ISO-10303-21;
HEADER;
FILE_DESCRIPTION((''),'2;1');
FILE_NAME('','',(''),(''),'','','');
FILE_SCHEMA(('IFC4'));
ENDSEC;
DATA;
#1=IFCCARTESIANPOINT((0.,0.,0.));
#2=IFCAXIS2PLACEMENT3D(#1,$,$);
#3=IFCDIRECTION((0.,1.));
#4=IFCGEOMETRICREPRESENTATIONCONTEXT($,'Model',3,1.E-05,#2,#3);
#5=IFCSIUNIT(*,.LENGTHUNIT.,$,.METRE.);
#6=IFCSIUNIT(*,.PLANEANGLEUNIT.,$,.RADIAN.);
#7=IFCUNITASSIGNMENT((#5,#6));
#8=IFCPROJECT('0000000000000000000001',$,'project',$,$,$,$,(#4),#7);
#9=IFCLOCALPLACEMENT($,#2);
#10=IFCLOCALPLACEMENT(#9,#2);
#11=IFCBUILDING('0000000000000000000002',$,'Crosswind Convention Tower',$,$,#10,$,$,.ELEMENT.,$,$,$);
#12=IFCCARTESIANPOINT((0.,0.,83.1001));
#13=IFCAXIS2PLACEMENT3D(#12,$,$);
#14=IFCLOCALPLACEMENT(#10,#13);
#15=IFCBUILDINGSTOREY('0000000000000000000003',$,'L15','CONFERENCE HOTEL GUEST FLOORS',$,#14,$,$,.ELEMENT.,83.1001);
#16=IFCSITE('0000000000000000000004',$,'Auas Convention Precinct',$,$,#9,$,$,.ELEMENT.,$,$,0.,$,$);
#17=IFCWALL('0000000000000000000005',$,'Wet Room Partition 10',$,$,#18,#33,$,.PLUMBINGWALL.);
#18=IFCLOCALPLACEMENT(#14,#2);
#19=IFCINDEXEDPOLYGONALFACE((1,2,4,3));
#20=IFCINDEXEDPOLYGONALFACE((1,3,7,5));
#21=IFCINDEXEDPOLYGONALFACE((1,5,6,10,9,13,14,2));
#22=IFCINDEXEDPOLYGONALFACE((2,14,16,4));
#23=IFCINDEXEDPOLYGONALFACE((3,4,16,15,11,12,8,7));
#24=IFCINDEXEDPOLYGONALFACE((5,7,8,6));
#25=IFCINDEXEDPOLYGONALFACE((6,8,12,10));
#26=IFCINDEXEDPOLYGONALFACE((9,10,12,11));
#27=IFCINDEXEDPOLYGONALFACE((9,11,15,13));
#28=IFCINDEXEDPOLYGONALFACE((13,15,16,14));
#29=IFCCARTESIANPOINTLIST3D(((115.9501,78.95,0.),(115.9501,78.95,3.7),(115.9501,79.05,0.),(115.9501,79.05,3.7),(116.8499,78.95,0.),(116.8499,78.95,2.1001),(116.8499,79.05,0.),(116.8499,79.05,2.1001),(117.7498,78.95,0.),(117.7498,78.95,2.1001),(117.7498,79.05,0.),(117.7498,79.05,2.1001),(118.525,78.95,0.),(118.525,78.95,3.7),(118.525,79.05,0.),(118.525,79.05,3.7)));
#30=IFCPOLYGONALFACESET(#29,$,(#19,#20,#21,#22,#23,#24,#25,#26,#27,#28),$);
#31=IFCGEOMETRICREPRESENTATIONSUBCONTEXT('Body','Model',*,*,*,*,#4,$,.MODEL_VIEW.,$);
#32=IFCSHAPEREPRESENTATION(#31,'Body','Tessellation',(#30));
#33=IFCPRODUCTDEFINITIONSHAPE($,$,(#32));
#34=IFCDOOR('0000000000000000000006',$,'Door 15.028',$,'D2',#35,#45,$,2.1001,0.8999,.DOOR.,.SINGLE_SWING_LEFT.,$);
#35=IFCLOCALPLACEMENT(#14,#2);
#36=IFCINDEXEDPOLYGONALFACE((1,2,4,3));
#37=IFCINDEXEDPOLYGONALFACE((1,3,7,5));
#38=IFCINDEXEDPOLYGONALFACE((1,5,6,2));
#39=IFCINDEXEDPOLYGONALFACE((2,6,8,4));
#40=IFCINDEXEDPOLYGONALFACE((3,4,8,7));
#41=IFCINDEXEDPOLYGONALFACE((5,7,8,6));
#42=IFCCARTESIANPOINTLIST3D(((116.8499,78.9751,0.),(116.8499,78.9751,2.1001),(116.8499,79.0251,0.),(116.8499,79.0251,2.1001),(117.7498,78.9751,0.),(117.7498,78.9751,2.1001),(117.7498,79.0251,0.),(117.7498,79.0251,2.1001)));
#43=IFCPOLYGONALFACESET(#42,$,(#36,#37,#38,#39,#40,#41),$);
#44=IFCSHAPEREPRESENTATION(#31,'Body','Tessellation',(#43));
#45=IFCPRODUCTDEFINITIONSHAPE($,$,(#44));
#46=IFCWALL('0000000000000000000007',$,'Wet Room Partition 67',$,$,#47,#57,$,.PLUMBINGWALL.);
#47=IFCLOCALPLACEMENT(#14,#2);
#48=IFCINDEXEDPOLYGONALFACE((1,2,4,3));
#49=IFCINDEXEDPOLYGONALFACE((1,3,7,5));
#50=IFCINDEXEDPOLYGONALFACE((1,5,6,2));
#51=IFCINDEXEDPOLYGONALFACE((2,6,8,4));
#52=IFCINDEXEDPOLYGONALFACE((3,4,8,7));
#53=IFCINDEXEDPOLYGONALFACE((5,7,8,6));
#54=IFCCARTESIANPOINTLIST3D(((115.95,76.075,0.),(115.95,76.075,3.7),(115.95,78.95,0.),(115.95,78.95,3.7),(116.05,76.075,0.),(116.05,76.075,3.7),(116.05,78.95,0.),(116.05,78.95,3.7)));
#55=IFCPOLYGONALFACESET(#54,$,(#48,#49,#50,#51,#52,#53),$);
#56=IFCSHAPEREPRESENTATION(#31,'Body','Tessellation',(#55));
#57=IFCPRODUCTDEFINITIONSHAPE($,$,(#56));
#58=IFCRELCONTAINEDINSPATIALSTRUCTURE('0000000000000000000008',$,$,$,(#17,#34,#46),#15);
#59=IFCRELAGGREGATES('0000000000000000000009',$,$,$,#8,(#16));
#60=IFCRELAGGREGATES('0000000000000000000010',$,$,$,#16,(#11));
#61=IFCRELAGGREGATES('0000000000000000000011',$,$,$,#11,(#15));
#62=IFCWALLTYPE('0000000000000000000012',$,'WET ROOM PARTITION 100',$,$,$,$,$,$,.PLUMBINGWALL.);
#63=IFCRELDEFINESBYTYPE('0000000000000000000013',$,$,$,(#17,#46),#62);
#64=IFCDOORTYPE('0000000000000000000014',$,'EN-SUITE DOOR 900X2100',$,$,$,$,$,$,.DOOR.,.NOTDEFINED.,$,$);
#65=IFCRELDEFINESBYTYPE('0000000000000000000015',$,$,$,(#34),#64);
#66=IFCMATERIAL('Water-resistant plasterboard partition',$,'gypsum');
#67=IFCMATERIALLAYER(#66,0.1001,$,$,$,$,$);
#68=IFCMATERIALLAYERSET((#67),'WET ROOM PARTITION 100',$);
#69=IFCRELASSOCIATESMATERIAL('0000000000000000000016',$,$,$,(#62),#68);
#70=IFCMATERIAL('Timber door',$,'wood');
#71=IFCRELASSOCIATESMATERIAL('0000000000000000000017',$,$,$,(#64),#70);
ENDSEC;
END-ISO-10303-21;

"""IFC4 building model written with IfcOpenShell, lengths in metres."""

from ifc_helpers import new_model, si_unit, direction, frame, frame_2d, origin, place, context, subcontext, project, spatial, rectangle, extrude, material, layer, layer_set, type_object, element, fill, save


model = new_model("IFC4")

# Units and contexts
model_context = context("Model", 3, precision=1e-05, world=origin(), true_north=direction((0.0, 1.0)))
body_context = subcontext(model_context, "Body", "Model", "MODEL_VIEW")
ifc_project = project(units=[si_unit("LENGTHUNIT", "METRE"), si_unit("PLANEANGLEUNIT", "RADIAN")], contexts=[model_context])

# Site, building, storey
site_placement = place(None, origin())
site = spatial("IfcSite", under=ifc_project, at=site_placement, Name="Auas Convention Precinct", CompositionType="ELEMENT", RefElevation=0.0)
building_placement = place(site_placement, origin())
building = spatial("IfcBuilding", under=site, at=building_placement, Name="Crosswind Convention Tower", CompositionType="ELEMENT")
storey_placement = place(building_placement, frame((0.0, 0.0, 83.1001)))
storey = spatial("IfcBuildingStorey", under=building, at=storey_placement, Name="L15", Description="CONFERENCE HOTEL GUEST FLOORS", CompositionType="ELEMENT", Elevation=83.1001)

# Wall, opening, door
ifc_material_1 = material(Name="Water-resistant plasterboard partition", Category="gypsum")
ifc_layer_1 = layer(ifc_material_1, 0.1001)
ifc_layer_set_1 = layer_set([ifc_layer_1], Name="WET ROOM PARTITION 100")
wall_type_1 = type_object("IfcWallType", Name="WET ROOM PARTITION 100", PredefinedType="PLUMBINGWALL", material=ifc_layer_set_1)
wall_1_placement = place(storey_placement, frame((115.95, 79.0, 0.0), z_axis=(0.0, 0.0, 1.0), x_axis=(1.0, 0.0, 0.0)))
wall_1 = element("IfcWall", 1, at=wall_1_placement, inside=storey, type_object=wall_type_1, Name="Wet Room Partition 10", PredefinedType="PLUMBINGWALL", context=body_context, shape_type="SweptSolid", body=[
    extrude(rectangle(XDim=2.575, YDim=0.1001, at=frame_2d((1.2876, 0.0))), origin(), (0.0, 0.0, 1.0), 3.7),
])
opening_1_placement = place(wall_1_placement, frame((0.8999, 0.0, 0.0)))
opening_1 = element("IfcOpeningElement", 2, at=opening_1_placement, cuts=wall_1, PredefinedType="OPENING", context=body_context, shape_type="SweptSolid", body=[
    extrude(rectangle(XDim=0.8999, YDim=2.1001, at=frame_2d((0.45, 1.05))), frame((0.0, 0.0601, 0.0), z_axis=(0.0, -1.0, 0.0), x_axis=(1.0, 0.0, 0.0)), (0.0, 0.0, 1.0), 0.1201),
])
ifc_material_2 = material(Name="Timber door", Category="wood")
door_type_1 = type_object("IfcDoorType", Name="EN-SUITE DOOR 900X2100", OperationType="NOTDEFINED", PredefinedType="DOOR", material=ifc_material_2)
door_1_placement = place(opening_1_placement, frame((0.8999, 0.0, 0.0), z_axis=(0.0, 0.0, 1.0), x_axis=(-1.0, 0.0, 0.0)))
door_1 = element("IfcDoor", 3, at=door_1_placement, inside=storey, type_object=door_type_1, Name="Door 15.028", ObjectType="D2", OperationType="SINGLE_SWING_LEFT", OverallHeight=2.1001, OverallWidth=0.8999, PredefinedType="DOOR", context=body_context, shape_type="SweptSolid", body=[
    extrude(rectangle(XDim=0.8999, YDim=2.1001, at=frame_2d((0.45, 1.05))), frame((0.0, 0.0249, 0.0), z_axis=(0.0, -1.0, 0.0), x_axis=(1.0, 0.0, 0.0)), (0.0, 0.0, 1.0), 0.05),
])
fill(opening_1, door_1)

# Wall
wall_2_placement = place(storey_placement, frame((116.0, 76.075, 0.0), z_axis=(0.0, 0.0, 1.0), x_axis=(0.0, 1.0, 0.0)))
element("IfcWall", 4, at=wall_2_placement, inside=storey, type_object=wall_type_1, Name="Wet Room Partition 67", PredefinedType="PLUMBINGWALL", context=body_context, shape_type="SweptSolid", body=[
    extrude(rectangle(XDim=2.875, YDim=0.1001, at=frame_2d((1.4375, 0.0))), origin(), (0.0, 0.0, 1.0), 3.7),
])

save(model, "model.ifc")
